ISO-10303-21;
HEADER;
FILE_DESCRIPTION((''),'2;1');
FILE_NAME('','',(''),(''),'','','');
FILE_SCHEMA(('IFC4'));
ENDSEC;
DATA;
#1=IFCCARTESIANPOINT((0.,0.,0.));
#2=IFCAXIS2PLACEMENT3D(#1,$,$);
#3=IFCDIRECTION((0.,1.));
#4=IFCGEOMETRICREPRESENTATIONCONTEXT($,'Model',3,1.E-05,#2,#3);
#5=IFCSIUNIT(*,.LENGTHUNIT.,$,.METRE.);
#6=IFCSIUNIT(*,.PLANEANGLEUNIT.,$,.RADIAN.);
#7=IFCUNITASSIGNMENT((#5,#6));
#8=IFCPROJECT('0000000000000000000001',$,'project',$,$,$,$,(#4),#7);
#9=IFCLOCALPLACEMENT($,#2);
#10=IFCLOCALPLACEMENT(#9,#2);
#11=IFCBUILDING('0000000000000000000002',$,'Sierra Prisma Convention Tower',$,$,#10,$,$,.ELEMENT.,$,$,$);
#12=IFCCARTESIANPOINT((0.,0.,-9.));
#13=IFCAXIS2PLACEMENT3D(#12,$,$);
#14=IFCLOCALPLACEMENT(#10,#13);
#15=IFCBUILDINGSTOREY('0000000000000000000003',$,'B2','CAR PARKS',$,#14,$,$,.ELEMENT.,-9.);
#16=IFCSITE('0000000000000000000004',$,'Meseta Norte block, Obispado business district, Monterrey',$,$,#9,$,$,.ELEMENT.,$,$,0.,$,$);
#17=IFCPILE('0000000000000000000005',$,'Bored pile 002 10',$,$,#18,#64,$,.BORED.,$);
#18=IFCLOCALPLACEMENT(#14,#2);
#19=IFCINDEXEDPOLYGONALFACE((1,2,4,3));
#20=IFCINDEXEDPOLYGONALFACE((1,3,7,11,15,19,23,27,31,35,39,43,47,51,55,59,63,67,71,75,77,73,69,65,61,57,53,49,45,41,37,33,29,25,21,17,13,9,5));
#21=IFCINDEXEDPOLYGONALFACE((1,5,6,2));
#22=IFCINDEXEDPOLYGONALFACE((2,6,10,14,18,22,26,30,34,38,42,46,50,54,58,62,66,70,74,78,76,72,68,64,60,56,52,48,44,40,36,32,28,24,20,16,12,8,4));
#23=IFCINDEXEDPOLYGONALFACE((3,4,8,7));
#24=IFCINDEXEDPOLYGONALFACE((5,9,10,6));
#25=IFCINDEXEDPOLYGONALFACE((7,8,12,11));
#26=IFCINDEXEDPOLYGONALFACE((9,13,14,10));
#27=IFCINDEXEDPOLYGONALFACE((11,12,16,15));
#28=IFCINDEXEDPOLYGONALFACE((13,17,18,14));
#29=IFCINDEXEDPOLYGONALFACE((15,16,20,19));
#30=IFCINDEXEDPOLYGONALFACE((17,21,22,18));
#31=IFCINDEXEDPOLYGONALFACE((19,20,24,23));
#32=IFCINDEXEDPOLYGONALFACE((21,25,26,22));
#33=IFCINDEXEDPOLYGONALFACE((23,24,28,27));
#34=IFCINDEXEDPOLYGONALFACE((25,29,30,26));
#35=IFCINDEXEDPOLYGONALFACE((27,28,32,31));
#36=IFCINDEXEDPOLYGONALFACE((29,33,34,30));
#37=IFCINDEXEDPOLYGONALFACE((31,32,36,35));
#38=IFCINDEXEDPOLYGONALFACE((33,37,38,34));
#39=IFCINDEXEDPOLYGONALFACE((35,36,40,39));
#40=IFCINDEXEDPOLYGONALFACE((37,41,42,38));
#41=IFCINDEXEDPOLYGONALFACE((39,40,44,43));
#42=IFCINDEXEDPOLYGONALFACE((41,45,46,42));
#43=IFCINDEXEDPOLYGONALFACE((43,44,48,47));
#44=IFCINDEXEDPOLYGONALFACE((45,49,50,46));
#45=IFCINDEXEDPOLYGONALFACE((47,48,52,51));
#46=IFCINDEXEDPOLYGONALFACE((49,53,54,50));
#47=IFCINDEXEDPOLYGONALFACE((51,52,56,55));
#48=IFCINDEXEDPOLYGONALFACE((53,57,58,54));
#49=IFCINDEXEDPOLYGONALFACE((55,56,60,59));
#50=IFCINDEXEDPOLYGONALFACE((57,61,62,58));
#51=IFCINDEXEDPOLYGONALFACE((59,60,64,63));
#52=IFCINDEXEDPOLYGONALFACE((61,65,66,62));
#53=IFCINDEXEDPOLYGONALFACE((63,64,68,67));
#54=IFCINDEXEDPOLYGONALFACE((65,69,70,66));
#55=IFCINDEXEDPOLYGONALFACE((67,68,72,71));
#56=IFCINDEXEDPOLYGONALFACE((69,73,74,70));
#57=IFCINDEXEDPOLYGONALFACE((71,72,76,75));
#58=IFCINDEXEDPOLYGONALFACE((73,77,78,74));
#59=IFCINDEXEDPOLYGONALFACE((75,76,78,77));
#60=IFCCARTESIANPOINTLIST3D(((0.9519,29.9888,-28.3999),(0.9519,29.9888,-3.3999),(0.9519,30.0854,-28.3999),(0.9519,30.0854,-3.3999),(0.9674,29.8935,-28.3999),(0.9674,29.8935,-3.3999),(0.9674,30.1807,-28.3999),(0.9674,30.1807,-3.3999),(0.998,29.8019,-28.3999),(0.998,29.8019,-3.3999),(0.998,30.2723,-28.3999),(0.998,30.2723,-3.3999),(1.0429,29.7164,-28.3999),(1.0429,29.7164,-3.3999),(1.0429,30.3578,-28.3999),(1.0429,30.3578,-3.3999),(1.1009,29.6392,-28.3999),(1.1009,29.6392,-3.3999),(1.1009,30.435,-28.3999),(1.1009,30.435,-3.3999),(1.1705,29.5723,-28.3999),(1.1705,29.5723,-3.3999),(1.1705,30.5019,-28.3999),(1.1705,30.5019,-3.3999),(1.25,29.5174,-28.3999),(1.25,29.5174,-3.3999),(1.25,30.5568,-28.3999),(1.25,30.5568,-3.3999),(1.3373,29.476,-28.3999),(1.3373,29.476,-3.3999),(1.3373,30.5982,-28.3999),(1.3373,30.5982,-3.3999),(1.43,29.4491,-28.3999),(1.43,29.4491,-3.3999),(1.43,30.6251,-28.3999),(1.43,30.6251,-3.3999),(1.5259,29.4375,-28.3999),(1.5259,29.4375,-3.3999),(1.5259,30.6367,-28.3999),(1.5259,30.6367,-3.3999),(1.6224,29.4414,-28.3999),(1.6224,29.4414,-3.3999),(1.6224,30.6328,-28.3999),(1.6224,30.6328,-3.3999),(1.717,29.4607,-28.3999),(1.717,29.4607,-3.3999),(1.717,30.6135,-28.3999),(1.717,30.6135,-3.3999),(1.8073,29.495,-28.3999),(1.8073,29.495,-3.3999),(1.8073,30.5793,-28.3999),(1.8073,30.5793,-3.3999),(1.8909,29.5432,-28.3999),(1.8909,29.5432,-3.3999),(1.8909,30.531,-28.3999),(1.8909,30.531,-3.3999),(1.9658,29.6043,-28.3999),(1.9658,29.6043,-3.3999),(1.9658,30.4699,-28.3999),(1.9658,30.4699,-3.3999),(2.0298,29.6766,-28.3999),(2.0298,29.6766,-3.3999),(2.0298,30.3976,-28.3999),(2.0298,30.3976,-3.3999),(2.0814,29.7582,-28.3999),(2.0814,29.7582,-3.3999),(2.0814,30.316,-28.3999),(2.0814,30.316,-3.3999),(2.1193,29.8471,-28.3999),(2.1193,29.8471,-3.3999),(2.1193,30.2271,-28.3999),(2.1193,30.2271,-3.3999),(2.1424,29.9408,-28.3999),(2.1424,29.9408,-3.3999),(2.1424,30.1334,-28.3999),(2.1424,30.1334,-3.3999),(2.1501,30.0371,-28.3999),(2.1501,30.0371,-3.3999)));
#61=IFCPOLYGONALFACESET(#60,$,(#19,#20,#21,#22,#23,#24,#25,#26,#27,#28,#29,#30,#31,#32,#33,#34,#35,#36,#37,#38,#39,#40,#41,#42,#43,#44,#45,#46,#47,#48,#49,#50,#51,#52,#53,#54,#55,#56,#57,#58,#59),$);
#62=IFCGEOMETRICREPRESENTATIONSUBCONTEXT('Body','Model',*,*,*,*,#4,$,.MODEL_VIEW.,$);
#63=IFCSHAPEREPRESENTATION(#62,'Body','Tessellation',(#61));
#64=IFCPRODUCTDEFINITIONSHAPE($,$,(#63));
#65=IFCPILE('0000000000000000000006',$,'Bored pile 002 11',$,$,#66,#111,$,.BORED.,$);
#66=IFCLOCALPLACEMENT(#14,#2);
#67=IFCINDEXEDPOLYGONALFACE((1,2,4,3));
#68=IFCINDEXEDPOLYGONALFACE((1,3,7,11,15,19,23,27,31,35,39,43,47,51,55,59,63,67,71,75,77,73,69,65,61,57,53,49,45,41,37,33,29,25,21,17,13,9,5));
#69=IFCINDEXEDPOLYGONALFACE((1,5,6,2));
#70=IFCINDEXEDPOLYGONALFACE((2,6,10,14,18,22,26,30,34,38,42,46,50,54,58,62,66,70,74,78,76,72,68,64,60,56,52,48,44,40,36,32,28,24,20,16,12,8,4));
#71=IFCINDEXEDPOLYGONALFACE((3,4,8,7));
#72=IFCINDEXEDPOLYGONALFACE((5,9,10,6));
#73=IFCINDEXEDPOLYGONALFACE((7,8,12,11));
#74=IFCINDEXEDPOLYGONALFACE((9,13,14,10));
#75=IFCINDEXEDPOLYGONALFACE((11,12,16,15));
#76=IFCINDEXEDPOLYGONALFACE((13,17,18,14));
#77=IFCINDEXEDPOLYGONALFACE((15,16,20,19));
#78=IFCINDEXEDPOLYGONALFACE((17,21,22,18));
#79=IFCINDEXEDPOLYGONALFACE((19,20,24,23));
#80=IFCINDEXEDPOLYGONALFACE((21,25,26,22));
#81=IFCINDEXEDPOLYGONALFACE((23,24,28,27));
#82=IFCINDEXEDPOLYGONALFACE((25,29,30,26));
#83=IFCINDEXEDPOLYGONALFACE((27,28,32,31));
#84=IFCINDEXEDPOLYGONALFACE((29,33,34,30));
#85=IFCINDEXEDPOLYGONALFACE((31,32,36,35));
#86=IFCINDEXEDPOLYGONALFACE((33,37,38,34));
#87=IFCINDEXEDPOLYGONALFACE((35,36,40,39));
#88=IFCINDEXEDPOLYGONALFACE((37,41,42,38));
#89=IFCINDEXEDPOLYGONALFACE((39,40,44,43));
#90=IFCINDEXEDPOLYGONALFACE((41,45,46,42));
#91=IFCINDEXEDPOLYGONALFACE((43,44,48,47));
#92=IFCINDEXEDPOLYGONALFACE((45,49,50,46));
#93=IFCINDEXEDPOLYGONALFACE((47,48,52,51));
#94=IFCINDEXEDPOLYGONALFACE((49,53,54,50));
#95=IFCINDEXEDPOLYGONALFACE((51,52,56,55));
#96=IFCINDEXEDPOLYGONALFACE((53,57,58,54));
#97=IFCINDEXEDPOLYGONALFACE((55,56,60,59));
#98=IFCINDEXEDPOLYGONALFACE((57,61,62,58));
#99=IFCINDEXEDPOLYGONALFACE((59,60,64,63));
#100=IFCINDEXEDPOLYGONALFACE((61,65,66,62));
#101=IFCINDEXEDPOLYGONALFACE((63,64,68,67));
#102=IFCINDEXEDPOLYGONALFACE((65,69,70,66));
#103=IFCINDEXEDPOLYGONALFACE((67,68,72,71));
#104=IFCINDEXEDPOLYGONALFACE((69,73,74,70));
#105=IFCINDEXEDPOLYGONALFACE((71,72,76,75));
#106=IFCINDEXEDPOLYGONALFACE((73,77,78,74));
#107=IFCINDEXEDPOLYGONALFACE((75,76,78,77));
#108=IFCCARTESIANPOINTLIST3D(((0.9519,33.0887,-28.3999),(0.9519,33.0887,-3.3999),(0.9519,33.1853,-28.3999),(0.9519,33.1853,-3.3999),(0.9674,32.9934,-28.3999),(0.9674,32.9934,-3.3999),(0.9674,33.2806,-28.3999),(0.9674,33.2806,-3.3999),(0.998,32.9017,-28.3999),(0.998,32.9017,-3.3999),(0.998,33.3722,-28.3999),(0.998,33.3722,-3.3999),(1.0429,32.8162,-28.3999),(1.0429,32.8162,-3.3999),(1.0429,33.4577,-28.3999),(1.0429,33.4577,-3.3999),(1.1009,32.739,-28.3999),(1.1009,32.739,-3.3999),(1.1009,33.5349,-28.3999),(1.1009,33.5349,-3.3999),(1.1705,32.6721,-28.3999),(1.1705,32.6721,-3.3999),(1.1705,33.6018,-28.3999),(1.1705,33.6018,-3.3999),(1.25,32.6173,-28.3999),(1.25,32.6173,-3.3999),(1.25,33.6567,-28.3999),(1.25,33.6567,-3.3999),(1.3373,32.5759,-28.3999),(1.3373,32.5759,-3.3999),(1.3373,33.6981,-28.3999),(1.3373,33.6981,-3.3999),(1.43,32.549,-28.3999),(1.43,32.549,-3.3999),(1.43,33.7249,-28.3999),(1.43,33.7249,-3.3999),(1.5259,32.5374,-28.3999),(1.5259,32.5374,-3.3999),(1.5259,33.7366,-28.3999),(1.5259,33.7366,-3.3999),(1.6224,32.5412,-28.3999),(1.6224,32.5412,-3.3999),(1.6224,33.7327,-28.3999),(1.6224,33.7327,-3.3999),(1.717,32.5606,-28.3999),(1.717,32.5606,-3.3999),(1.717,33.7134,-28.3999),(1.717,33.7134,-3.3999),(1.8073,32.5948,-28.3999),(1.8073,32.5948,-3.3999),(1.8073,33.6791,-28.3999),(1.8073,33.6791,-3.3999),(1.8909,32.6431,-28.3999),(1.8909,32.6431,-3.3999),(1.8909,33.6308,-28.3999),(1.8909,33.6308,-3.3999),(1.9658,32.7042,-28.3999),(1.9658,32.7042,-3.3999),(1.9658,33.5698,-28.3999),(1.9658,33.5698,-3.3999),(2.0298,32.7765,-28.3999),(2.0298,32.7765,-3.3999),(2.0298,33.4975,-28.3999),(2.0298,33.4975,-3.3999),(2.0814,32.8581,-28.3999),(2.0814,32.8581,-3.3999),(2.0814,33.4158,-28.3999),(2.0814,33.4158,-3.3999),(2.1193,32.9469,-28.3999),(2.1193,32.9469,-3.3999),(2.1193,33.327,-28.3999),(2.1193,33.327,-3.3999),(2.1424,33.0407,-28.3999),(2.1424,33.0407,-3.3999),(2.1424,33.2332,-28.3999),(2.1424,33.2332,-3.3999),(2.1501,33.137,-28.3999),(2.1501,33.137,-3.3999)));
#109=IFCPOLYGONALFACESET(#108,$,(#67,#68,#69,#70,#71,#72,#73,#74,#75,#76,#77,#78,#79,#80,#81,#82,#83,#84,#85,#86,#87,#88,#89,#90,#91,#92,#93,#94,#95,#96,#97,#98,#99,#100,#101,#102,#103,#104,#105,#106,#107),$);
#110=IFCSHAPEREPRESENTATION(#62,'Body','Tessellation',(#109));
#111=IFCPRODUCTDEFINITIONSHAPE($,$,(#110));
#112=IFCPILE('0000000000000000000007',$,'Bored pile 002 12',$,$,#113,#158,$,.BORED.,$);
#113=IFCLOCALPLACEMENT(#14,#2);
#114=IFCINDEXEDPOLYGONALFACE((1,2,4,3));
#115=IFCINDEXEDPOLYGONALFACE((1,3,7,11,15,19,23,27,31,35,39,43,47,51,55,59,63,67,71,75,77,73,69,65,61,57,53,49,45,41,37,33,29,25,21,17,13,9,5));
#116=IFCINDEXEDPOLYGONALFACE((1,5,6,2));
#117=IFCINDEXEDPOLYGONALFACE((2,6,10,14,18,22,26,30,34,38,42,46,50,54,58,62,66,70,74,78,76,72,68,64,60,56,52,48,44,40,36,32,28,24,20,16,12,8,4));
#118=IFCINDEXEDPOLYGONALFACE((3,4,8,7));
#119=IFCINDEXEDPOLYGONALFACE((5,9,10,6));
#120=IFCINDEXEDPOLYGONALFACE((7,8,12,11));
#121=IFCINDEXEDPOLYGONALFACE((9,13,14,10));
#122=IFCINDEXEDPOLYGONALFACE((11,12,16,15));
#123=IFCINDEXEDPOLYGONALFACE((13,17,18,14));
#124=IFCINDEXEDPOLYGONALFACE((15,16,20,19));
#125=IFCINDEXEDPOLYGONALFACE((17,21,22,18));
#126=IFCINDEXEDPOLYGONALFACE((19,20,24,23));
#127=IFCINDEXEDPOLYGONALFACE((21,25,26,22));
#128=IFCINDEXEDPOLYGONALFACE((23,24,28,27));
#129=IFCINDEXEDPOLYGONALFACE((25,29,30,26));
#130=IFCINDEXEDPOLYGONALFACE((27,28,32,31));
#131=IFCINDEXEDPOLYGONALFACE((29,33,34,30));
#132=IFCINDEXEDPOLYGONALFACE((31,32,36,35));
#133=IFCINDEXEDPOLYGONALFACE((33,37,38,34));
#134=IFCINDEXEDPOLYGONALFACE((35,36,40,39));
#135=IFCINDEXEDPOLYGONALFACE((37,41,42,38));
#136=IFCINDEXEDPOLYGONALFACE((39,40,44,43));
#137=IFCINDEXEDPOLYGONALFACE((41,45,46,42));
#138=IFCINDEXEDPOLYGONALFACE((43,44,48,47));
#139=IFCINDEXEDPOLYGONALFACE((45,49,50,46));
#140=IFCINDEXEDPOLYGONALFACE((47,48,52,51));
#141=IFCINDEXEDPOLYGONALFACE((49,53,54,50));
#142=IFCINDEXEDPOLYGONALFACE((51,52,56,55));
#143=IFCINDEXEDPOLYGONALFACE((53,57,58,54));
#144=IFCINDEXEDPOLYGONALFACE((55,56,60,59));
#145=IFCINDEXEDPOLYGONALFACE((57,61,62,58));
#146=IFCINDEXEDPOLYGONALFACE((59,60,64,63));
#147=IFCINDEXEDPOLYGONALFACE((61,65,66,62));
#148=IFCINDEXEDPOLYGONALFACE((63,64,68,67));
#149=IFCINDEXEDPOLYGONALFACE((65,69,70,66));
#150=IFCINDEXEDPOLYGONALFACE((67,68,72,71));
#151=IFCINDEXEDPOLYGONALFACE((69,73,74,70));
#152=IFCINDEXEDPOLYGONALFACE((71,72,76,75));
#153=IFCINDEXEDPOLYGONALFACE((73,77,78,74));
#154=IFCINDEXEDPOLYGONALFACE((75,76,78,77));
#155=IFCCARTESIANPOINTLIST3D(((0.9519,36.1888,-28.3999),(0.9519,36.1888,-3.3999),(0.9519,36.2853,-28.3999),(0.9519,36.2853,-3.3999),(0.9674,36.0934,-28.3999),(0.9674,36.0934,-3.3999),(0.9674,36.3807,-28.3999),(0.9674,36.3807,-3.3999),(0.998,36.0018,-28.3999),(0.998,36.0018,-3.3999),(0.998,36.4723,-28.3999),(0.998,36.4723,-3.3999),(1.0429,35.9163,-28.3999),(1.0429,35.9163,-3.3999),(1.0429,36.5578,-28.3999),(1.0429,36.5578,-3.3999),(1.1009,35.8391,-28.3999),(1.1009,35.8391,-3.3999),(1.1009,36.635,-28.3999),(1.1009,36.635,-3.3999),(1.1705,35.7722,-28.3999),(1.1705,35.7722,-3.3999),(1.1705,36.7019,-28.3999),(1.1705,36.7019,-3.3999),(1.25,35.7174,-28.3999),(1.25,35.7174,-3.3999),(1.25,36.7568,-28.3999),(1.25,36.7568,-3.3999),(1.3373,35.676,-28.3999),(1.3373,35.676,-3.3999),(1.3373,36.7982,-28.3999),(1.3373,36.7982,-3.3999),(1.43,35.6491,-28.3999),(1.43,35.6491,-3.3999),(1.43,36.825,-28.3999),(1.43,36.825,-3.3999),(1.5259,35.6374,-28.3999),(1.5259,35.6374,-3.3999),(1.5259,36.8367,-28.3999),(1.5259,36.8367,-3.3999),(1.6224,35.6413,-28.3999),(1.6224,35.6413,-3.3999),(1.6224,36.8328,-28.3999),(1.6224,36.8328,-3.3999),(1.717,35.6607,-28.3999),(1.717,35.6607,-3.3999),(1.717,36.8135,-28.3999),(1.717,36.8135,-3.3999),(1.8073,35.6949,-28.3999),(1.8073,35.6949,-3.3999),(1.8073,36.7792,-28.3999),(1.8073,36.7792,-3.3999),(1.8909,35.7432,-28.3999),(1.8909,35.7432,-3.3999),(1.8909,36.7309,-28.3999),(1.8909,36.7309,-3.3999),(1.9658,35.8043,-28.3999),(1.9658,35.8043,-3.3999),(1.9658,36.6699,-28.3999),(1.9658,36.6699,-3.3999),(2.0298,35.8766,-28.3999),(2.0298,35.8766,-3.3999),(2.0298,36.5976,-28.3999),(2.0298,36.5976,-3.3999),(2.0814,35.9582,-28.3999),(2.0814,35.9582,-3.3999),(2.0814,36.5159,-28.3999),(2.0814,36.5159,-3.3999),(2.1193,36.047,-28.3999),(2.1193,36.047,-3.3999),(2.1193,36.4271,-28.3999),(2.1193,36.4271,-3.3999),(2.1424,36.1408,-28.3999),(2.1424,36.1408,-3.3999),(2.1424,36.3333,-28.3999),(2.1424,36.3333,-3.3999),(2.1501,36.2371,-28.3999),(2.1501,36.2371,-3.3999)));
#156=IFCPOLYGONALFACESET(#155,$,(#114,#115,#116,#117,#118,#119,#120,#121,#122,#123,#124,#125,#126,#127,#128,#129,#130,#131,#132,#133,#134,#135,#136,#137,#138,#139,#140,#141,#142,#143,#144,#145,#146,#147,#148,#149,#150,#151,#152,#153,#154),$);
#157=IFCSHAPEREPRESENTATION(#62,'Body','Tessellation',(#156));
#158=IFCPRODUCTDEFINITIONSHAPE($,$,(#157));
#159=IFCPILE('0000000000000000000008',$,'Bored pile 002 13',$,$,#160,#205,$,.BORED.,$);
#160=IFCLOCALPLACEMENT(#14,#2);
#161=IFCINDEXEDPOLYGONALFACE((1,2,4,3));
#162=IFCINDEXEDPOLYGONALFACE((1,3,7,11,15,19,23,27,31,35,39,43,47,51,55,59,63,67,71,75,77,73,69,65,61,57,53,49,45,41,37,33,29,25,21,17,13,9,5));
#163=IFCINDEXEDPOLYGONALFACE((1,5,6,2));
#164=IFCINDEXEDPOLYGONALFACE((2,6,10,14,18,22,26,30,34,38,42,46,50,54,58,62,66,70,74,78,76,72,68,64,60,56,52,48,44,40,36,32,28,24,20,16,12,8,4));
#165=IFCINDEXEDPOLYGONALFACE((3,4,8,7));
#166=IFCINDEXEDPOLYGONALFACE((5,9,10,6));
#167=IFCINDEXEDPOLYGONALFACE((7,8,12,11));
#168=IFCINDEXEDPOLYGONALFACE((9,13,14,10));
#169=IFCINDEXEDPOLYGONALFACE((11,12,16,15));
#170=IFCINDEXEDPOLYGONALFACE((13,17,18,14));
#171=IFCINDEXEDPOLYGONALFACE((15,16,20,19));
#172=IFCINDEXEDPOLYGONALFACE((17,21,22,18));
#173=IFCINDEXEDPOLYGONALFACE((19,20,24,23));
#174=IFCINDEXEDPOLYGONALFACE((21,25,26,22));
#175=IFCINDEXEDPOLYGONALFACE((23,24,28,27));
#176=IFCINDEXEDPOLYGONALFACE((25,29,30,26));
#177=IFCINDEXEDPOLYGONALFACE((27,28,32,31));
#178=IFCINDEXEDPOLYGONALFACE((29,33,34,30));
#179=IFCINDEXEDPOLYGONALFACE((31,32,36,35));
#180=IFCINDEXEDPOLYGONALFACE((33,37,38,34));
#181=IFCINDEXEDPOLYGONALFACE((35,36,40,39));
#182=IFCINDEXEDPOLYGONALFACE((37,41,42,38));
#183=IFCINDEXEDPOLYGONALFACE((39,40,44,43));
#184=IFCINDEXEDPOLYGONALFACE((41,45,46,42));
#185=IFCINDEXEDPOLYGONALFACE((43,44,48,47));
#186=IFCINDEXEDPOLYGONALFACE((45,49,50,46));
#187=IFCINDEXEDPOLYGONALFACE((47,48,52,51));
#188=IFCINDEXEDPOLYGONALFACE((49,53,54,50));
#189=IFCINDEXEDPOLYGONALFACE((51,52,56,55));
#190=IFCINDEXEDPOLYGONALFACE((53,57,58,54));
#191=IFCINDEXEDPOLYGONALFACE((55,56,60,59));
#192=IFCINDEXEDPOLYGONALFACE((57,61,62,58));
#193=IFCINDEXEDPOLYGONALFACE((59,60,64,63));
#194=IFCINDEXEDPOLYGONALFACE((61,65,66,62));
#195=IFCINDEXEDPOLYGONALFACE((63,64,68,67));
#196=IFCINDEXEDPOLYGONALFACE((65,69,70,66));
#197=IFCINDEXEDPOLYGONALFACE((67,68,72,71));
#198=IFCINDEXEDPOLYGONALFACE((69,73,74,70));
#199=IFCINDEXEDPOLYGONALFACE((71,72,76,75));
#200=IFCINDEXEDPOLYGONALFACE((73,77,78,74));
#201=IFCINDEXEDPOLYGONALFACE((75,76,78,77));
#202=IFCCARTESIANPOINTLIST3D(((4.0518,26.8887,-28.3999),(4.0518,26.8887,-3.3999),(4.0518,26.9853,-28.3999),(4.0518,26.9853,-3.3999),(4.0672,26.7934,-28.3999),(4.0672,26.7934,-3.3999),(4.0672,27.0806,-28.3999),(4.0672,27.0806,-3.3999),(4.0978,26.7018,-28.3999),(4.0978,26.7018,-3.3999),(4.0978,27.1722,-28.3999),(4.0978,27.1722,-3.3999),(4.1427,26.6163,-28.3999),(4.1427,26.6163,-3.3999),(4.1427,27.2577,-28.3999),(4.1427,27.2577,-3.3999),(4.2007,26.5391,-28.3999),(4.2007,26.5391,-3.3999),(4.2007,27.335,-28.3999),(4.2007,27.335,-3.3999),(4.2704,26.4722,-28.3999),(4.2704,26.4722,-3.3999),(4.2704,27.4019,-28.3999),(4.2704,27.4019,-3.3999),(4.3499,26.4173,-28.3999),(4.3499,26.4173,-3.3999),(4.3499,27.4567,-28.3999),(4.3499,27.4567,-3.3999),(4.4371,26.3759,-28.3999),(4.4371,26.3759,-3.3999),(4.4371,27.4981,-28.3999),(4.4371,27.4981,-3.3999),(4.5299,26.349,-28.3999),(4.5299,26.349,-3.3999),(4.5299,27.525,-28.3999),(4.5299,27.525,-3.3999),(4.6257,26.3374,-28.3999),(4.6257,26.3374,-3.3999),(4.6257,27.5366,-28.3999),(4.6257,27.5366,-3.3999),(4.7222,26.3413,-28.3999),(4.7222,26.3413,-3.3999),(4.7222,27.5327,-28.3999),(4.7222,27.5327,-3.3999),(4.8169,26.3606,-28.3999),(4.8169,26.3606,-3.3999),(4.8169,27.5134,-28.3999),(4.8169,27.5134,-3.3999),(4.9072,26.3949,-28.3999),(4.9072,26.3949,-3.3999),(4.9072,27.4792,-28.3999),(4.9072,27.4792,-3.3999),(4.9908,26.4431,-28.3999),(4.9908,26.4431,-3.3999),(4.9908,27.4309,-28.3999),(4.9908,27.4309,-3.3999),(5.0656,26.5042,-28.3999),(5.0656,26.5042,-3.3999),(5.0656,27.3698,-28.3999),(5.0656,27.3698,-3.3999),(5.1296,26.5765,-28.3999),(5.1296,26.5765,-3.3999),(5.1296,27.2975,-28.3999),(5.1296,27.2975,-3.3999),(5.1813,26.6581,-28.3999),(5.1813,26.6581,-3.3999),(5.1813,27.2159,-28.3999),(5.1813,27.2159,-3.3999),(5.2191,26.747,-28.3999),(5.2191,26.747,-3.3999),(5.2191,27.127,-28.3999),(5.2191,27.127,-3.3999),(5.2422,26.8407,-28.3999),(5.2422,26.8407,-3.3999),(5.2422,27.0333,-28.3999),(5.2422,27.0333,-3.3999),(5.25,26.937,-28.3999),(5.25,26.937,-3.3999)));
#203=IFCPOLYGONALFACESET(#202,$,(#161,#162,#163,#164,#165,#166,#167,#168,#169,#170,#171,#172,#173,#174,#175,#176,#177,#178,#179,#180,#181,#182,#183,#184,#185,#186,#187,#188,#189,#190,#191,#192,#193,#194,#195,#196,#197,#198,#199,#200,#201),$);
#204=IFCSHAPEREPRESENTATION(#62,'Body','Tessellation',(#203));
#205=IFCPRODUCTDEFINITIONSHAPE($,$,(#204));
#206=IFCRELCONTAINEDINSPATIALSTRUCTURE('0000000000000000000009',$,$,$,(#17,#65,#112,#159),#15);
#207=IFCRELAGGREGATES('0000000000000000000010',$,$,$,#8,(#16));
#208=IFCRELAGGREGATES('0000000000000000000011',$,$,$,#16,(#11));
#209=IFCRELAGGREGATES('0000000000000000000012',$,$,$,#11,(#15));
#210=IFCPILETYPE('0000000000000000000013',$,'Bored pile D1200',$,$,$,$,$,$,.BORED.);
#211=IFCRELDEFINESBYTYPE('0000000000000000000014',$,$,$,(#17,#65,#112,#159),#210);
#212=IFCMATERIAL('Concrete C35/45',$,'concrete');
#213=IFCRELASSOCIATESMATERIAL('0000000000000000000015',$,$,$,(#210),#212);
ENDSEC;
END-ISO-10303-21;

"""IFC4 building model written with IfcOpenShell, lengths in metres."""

from ifc_helpers import new_model, si_unit, direction, frame, origin, origin_2d, place, context, subcontext, project, spatial, circle, extrude, material, material_profile, profile_set, type_object, element, save


model = new_model("IFC4")

# Units and contexts
model_context = context("Model", 3, precision=1e-05, world=origin(), true_north=direction((0.0, 1.0)))
body_context = subcontext(model_context, "Body", "Model", "MODEL_VIEW")
ifc_project = project(units=[si_unit("LENGTHUNIT", "METRE"), si_unit("PLANEANGLEUNIT", "RADIAN")], contexts=[model_context])

# Site, building, storey
site_placement = place(None, origin())
site = spatial("IfcSite", under=ifc_project, at=site_placement, Name="Meseta Norte block, Obispado business district, Monterrey", CompositionType="ELEMENT", RefElevation=0.0)
building_placement = place(site_placement, origin())
building = spatial("IfcBuilding", under=site, at=building_placement, Name="Sierra Prisma Convention Tower", CompositionType="ELEMENT")
storey_placement = place(building_placement, frame((0.0, 0.0, -9.0)))
storey = spatial("IfcBuildingStorey", under=building, at=storey_placement, Name="B2", Description="CAR PARKS", CompositionType="ELEMENT", Elevation=-9.0)

# Piles
ifc_material_1 = material(Name="Concrete C35/45", Category="concrete")
ifc_material_profile_1 = material_profile(ifc_material_1, circle(Radius=0.6001, at=origin_2d()), Name="D1200")
ifc_profile_set_1 = profile_set([ifc_material_profile_1], Name="Concrete C35/45")
pile_type_1 = type_object("IfcPileType", Name="Bored pile D1200", PredefinedType="BORED", material=ifc_profile_set_1)
for number, where, z_axis, x_axis, name in (
    (1, (1.55, 30.0371, -3.3999), (0.0, 0.0, -1.0), (1.0, 0.0, 0.0), "Bored pile 002 10"),
    (2, (1.55, 33.137, -3.3999), (0.0, 0.0, -1.0), (1.0, 0.0, 0.0), "Bored pile 002 11"),
    (3, (1.55, 36.2371, -3.3999), (0.0, 0.0, -1.0), (1.0, 0.0, 0.0), "Bored pile 002 12"),
    (4, (4.6499, 26.937, -3.3999), (0.0, 0.0, -1.0), (1.0, 0.0, 0.0), "Bored pile 002 13"),
):
    element("IfcPile", number, at=place(storey_placement, frame(where, z_axis=z_axis, x_axis=x_axis)), inside=storey, type_object=pile_type_1, Name=name, PredefinedType="BORED", context=body_context, shape_type="SweptSolid", body=[
        extrude(circle(Radius=0.6001, at=origin_2d()), origin(), (0.0, 0.0, 1.0), 25.0),
    ])

save(model, "model.ifc")
